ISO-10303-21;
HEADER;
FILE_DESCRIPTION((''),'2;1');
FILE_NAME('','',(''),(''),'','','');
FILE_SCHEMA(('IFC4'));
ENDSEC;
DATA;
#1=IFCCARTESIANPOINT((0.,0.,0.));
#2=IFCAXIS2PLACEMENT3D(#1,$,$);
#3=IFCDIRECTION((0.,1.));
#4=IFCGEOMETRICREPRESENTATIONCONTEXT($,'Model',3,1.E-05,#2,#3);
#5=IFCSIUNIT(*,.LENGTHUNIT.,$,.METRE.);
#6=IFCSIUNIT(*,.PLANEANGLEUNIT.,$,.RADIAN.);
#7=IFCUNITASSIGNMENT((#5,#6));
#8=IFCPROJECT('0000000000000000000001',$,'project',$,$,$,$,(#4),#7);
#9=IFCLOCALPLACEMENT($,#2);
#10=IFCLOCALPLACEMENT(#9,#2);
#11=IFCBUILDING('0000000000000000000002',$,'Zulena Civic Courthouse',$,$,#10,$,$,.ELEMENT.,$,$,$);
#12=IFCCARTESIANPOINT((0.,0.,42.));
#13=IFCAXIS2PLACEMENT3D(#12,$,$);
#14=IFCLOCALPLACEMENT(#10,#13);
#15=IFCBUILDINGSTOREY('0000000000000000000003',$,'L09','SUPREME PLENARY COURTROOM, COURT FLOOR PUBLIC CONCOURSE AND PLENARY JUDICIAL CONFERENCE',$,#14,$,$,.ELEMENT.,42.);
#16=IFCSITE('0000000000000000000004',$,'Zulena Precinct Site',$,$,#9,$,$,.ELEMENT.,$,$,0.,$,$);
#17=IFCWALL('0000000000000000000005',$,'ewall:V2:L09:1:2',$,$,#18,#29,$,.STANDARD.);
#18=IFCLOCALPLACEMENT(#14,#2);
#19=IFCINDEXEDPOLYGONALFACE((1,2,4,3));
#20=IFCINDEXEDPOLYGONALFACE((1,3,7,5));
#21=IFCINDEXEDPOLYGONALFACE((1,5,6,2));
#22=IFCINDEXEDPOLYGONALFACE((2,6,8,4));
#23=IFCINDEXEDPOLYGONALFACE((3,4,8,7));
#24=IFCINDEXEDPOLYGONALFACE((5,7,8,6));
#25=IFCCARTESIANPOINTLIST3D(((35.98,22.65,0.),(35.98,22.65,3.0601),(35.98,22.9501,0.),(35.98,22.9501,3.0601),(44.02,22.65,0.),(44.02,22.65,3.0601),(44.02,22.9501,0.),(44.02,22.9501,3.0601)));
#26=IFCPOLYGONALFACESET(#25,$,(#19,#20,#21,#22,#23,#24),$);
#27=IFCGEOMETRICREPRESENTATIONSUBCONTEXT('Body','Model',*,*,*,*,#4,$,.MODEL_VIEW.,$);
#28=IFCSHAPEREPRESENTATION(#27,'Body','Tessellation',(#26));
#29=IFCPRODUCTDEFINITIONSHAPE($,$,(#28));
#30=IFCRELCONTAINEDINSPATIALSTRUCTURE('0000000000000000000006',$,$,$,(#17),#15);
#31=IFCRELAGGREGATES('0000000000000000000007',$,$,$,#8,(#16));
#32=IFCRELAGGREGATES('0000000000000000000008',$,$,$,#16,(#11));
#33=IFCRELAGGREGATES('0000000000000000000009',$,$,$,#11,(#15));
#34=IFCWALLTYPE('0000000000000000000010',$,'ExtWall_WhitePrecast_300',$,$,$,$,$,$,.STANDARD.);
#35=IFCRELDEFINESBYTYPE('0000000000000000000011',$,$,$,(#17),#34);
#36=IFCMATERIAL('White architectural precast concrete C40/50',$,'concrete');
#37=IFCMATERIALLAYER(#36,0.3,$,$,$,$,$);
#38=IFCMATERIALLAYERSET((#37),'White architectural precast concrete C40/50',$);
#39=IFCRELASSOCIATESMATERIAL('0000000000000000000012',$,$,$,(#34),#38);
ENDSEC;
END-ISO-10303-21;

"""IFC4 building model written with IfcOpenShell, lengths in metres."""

from ifc_helpers import new_model, si_unit, direction, frame, frame_2d, origin, place, context, subcontext, project, spatial, rectangle, extrude, material, layer, layer_set, type_object, element, save


model = new_model("IFC4")

# Units and contexts
model_context = context("Model", 3, precision=1e-05, world=origin(), true_north=direction((0.0, 1.0)))
body_context = subcontext(model_context, "Body", "Model", "MODEL_VIEW")
ifc_project = project(units=[si_unit("LENGTHUNIT", "METRE"), si_unit("PLANEANGLEUNIT", "RADIAN")], contexts=[model_context])

# Site, building, storey
site_placement = place(None, origin())
site = spatial("IfcSite", under=ifc_project, at=site_placement, Name="Zulena Precinct Site", CompositionType="ELEMENT", RefElevation=0.0)
building_placement = place(site_placement, origin())
building = spatial("IfcBuilding", under=site, at=building_placement, Name="Zulena Civic Courthouse", CompositionType="ELEMENT")
storey_placement = place(building_placement, frame((0.0, 0.0, 42.0)))
storey = spatial("IfcBuildingStorey", under=building, at=storey_placement, Name="L09", Description="SUPREME PLENARY COURTROOM, COURT FLOOR PUBLIC CONCOURSE AND PLENARY JUDICIAL CONFERENCE", CompositionType="ELEMENT", Elevation=42.0)

# Wall
ifc_material_1 = material(Name="White architectural precast concrete C40/50", Category="concrete")
ifc_layer_1 = layer(ifc_material_1, 0.3)
ifc_layer_set_1 = layer_set([ifc_layer_1], Name="White architectural precast concrete C40/50")
wall_type = type_object("IfcWallType", Name="ExtWall_WhitePrecast_300", PredefinedType="STANDARD", material=ifc_layer_set_1)
wall_placement = place(storey_placement, frame((35.98, 22.8, 0.0), z_axis=(0.0, 0.0, 1.0), x_axis=(1.0, 0.0, 0.0)))
element("IfcWall", 1, at=wall_placement, inside=storey, type_object=wall_type, Name="ewall:V2:L09:1:2", PredefinedType="STANDARD", context=body_context, shape_type="SweptSolid", body=[
    extrude(rectangle(XDim=8.04, YDim=0.3, at=frame_2d((4.02, 0.0))), origin(), (0.0, 0.0, 1.0), 3.0601),
])

save(model, "model.ifc")
